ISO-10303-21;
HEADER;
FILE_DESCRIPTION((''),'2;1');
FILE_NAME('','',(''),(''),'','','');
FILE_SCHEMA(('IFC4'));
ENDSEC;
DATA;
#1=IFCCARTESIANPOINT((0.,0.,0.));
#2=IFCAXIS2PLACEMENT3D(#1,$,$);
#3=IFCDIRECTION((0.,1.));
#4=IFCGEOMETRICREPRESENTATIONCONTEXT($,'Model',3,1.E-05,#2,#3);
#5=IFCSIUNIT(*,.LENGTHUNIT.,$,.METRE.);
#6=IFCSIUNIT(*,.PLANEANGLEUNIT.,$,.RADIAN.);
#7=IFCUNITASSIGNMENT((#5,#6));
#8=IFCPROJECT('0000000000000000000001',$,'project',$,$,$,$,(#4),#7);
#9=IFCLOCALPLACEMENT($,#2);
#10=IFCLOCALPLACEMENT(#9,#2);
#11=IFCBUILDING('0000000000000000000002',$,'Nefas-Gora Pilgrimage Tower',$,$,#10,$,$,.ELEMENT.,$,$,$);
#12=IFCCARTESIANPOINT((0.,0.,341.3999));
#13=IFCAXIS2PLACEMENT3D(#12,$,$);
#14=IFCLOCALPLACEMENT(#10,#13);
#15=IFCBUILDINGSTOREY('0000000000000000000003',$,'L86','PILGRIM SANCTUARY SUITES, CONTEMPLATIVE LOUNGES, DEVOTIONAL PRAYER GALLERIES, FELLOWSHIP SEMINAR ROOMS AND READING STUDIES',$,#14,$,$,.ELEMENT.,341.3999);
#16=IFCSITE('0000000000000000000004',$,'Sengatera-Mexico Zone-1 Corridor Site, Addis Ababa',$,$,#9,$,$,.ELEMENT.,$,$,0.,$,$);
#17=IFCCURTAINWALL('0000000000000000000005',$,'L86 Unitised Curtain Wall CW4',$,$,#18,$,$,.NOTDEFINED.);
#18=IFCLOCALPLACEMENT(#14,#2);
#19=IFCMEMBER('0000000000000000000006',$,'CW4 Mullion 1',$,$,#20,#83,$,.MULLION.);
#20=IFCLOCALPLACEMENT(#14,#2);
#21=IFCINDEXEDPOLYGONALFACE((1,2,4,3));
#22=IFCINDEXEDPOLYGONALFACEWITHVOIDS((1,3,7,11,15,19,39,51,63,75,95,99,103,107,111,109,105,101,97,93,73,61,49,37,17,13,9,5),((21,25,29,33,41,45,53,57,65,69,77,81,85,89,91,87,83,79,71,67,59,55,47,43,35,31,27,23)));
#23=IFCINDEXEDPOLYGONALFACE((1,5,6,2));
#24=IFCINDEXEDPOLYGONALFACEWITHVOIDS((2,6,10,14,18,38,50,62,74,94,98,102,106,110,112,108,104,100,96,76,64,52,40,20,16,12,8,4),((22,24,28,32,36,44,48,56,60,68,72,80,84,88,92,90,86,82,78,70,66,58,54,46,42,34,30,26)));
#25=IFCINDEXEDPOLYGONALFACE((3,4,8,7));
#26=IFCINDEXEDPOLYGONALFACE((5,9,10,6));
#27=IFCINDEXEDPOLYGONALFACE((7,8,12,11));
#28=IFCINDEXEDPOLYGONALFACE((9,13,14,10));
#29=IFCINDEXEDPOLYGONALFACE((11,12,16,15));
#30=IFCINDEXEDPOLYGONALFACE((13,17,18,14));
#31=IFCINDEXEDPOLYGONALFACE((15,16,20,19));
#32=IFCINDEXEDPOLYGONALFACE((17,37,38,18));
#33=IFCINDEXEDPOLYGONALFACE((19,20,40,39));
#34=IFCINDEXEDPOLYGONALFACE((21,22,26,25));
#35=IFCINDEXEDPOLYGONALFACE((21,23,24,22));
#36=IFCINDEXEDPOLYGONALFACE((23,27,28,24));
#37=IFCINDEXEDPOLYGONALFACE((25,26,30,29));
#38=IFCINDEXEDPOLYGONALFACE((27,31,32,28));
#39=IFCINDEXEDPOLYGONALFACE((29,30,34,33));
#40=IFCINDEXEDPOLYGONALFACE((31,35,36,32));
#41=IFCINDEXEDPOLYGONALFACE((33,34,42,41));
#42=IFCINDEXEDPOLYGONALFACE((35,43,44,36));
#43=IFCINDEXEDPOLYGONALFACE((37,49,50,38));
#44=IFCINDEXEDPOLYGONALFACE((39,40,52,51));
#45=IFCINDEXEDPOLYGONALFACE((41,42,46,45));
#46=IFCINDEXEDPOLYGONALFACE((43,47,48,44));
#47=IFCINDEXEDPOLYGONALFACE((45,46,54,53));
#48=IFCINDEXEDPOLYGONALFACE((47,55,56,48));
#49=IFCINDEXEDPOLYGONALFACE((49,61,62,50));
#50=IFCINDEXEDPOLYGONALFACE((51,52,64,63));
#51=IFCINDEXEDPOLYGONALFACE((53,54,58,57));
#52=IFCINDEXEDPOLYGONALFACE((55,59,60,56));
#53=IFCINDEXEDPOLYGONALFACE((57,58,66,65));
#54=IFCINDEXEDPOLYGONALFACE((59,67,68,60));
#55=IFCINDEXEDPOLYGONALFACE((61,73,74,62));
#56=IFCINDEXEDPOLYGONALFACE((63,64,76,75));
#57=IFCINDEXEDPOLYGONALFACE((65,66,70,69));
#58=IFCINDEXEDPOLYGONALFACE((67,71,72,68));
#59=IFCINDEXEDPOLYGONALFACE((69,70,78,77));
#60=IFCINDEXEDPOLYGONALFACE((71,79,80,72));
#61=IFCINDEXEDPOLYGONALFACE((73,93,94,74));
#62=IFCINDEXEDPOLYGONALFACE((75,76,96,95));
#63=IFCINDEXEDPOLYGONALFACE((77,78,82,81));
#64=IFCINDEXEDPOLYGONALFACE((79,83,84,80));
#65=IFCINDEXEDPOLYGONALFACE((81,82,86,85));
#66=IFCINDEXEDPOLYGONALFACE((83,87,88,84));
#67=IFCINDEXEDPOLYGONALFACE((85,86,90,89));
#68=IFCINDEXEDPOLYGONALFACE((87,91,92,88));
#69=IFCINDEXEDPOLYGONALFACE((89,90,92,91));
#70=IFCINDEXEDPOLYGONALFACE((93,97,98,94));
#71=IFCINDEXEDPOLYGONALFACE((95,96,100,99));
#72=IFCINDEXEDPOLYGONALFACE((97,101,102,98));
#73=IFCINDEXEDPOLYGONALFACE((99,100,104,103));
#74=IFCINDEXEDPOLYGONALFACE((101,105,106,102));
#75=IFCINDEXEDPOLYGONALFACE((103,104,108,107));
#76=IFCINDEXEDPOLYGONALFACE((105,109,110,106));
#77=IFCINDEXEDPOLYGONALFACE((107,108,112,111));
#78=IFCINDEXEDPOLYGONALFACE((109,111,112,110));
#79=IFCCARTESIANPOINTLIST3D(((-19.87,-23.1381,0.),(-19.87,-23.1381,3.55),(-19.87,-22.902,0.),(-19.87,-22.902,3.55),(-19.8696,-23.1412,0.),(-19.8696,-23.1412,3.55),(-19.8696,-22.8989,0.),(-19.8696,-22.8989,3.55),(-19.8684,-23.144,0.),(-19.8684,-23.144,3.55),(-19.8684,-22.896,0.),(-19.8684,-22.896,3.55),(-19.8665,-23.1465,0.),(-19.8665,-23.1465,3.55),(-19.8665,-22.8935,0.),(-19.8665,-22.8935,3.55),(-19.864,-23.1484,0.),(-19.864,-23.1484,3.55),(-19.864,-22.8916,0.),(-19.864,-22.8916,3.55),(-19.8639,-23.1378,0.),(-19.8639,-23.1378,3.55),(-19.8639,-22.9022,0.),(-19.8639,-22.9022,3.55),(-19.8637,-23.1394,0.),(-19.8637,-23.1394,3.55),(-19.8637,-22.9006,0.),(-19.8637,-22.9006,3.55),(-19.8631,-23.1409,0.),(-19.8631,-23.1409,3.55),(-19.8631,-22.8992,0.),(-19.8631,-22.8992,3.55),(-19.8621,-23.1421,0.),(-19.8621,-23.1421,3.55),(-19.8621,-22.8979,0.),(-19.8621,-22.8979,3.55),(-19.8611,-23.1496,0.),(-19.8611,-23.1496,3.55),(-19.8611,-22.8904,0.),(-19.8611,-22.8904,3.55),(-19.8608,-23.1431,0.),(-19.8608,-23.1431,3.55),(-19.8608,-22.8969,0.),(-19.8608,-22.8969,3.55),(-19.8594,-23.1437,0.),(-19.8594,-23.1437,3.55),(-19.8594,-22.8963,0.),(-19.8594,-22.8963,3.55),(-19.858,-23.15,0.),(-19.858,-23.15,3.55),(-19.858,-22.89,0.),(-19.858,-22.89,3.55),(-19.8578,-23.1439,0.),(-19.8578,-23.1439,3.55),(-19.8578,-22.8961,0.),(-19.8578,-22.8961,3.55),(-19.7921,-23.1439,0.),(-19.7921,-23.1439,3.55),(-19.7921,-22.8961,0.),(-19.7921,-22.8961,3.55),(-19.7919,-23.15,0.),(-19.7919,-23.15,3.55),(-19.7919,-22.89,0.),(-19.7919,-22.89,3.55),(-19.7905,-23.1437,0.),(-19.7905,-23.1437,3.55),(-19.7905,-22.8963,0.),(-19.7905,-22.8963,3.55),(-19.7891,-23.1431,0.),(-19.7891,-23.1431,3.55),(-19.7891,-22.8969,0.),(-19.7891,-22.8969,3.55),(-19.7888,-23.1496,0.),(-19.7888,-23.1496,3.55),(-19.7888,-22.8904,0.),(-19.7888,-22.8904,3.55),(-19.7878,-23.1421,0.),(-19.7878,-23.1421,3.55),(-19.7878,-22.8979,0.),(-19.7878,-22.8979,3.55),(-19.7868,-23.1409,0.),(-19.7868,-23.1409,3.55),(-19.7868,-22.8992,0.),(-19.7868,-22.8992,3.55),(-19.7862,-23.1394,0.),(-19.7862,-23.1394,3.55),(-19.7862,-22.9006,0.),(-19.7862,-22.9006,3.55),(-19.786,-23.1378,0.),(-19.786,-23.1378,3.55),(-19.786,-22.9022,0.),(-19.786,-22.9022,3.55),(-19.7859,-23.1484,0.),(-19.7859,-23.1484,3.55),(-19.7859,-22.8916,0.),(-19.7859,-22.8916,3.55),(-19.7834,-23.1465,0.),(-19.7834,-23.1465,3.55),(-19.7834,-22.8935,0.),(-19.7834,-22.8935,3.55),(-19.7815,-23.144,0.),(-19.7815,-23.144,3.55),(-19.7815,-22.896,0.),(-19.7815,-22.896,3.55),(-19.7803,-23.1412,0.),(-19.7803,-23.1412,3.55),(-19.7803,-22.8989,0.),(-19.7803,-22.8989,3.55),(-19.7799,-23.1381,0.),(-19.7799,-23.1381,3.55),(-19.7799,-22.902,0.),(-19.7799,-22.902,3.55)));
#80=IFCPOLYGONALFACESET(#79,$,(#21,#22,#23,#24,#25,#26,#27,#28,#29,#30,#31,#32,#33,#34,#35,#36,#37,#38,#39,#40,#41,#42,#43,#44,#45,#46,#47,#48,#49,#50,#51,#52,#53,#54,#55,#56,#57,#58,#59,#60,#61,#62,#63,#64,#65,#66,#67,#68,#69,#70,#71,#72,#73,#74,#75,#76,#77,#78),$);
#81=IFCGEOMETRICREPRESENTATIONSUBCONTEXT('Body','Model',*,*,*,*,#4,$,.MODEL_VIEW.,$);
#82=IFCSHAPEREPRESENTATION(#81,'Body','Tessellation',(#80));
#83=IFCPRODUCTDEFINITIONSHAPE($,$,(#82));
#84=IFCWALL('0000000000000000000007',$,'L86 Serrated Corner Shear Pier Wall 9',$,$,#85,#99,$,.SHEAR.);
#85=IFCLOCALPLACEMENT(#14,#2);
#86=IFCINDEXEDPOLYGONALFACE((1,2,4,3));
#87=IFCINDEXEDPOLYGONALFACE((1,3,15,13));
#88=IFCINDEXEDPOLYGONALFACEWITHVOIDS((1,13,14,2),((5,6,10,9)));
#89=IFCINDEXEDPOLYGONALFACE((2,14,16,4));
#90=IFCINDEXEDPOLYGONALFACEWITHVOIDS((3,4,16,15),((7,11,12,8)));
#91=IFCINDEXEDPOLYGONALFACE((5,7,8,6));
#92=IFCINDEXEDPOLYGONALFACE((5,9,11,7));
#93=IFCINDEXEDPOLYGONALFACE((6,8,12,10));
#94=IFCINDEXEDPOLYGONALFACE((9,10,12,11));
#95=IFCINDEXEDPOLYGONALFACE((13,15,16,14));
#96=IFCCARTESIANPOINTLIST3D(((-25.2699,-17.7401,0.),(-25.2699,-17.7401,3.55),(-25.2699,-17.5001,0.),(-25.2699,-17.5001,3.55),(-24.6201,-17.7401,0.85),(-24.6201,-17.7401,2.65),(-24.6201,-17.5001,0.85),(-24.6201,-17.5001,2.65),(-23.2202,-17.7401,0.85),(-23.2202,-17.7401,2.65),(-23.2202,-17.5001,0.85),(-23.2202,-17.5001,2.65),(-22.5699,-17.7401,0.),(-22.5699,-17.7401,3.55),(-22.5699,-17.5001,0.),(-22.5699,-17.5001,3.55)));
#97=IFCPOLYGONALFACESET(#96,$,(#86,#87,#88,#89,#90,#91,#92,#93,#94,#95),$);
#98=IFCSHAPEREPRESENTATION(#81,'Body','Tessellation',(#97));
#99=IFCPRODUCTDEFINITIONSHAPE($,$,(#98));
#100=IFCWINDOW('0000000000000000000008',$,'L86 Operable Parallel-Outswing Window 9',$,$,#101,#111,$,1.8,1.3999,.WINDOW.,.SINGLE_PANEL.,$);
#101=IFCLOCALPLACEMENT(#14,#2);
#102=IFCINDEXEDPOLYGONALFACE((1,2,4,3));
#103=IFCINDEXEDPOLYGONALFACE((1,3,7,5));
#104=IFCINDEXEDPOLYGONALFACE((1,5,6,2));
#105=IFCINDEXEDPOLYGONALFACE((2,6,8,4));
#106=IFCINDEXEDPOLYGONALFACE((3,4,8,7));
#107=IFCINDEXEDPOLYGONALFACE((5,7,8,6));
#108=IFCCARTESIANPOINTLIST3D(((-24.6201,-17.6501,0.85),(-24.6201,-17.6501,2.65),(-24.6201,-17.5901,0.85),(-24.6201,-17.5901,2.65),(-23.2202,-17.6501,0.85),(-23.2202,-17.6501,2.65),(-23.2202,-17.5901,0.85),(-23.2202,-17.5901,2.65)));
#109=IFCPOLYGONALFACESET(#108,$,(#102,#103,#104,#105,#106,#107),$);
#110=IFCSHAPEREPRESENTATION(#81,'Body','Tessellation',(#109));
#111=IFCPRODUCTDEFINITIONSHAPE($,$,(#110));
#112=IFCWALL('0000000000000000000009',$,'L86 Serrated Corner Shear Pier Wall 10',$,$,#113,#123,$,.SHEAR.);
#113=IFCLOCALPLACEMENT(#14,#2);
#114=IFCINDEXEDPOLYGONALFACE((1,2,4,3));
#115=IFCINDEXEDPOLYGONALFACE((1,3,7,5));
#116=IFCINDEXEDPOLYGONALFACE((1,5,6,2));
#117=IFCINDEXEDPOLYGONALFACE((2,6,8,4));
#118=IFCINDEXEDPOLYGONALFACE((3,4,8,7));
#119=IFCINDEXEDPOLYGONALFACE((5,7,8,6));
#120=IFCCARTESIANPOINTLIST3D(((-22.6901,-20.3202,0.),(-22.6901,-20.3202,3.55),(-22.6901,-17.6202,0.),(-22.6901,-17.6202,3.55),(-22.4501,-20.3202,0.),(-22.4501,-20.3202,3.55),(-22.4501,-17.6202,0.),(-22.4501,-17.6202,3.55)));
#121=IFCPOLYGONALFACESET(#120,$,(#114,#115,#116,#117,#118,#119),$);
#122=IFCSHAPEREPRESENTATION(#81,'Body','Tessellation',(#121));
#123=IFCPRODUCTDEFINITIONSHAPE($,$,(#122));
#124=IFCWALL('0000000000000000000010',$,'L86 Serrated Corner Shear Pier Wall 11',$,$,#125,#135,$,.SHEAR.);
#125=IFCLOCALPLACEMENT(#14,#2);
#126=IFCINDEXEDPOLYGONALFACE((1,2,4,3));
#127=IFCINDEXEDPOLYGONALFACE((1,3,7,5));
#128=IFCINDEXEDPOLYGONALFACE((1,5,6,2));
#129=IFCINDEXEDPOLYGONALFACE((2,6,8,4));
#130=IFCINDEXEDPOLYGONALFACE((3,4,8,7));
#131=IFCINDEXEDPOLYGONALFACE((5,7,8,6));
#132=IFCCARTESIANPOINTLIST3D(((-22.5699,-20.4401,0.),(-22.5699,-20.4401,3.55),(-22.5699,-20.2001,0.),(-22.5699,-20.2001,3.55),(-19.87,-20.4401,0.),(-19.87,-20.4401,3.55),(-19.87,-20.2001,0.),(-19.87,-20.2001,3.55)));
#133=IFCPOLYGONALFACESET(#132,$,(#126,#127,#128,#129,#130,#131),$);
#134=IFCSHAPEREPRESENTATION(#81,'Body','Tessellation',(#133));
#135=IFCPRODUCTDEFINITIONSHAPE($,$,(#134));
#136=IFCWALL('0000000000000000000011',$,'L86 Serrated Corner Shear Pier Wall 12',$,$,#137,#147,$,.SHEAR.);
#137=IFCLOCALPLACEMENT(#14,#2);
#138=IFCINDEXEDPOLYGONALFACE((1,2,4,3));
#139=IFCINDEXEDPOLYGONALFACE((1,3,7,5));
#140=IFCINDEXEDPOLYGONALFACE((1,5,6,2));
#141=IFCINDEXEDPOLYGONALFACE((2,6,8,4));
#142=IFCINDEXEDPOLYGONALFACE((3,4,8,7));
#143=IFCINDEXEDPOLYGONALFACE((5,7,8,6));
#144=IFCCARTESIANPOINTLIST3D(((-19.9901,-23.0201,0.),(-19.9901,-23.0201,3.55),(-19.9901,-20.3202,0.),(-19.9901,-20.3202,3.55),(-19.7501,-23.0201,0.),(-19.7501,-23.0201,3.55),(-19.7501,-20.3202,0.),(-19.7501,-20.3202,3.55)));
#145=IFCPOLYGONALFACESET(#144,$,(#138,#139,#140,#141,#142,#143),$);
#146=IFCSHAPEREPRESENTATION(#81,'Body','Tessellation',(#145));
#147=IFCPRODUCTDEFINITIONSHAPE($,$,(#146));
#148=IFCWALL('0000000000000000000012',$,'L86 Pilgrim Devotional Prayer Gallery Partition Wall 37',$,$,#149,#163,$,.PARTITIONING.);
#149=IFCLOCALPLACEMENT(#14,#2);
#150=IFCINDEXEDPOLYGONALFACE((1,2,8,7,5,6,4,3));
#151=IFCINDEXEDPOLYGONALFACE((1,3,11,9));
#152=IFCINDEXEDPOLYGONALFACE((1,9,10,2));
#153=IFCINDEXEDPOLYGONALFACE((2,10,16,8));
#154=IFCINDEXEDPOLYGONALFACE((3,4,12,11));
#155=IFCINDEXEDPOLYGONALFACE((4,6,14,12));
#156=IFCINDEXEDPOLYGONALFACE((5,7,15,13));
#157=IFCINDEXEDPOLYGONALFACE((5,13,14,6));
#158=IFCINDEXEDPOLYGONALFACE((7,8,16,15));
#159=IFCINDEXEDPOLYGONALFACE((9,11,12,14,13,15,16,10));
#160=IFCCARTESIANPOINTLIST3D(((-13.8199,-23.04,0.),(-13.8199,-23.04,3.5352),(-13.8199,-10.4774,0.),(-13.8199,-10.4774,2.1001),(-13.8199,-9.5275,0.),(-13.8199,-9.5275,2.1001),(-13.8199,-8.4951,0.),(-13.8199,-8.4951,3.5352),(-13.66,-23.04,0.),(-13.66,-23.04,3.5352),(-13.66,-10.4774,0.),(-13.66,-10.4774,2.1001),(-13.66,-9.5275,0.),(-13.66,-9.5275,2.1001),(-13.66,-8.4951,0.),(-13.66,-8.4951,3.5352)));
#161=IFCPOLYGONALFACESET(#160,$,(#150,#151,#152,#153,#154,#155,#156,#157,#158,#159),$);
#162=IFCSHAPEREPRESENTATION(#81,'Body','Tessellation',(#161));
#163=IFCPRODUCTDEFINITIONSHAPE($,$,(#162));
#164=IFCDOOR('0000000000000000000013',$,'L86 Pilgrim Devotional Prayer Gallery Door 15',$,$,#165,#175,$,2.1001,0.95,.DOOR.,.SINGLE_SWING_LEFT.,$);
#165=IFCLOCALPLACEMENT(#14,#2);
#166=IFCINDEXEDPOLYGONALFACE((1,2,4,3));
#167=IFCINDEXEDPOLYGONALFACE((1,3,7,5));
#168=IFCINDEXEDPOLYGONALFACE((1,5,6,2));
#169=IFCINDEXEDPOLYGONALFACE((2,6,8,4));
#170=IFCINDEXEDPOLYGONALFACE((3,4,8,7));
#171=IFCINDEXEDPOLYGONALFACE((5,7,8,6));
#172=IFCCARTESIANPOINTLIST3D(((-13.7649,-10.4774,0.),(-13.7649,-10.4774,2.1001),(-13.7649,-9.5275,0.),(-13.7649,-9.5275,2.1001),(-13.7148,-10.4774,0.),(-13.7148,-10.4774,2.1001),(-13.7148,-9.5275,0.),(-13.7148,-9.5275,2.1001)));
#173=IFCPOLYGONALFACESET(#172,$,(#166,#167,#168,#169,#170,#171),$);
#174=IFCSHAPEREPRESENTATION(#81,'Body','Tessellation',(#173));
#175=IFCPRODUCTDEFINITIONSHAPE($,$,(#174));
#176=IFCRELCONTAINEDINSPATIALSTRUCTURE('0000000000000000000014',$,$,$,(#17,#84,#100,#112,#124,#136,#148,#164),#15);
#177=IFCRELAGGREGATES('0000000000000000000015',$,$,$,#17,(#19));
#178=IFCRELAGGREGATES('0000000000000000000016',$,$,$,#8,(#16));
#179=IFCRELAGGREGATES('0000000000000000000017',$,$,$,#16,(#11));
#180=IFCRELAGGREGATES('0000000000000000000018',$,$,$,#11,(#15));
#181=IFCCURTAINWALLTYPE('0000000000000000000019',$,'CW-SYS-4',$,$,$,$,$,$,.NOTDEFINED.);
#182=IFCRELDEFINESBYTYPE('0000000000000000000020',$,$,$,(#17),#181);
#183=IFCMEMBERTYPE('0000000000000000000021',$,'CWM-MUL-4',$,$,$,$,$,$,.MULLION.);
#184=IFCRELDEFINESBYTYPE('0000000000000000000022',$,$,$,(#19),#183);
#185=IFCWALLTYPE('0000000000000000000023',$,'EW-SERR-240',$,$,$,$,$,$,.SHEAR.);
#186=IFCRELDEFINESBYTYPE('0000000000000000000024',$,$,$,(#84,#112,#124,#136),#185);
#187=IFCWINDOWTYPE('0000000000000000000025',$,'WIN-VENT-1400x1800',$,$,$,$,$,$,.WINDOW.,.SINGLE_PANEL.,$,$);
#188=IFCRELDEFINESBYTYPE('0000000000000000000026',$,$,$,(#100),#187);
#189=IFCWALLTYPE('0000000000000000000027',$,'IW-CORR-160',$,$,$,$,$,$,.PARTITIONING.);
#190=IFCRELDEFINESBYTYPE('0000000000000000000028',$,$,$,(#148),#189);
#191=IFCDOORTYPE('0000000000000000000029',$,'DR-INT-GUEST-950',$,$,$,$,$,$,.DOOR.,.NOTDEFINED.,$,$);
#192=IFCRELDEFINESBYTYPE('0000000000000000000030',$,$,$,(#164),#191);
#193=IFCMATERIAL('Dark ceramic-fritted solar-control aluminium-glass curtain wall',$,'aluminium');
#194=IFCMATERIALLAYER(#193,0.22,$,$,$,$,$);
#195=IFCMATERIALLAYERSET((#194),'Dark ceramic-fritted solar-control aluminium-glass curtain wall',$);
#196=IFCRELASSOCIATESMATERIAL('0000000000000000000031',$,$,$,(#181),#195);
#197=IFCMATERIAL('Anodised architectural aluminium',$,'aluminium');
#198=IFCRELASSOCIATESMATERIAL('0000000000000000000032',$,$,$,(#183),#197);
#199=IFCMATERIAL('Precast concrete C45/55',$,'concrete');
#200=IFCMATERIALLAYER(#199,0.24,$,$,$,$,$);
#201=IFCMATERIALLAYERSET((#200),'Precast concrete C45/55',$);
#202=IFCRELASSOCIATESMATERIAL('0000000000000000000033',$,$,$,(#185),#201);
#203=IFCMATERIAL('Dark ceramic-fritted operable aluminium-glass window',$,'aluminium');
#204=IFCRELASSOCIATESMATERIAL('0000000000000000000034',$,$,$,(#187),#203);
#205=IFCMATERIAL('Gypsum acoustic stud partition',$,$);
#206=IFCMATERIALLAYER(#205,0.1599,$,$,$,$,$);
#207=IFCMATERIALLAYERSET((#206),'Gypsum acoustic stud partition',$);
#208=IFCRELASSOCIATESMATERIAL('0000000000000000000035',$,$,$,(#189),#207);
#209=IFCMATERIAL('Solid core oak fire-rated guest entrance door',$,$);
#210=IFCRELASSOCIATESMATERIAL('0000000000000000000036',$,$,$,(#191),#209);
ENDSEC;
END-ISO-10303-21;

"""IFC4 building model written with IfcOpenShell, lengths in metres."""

from ifc_helpers import new_model, si_unit, direction, frame, frame_2d, origin, origin_2d, place, context, subcontext, project, spatial, rectangle, hollow_rectangle, extrude, source, transform, mapped, material, layer, layer_set, material_profile, profile_set, type_object, element, fill, aggregate, save


model = new_model("IFC4")

# Units and contexts
model_context = context("Model", 3, precision=1e-05, world=origin(), true_north=direction((0.0, 1.0)))
body_context = subcontext(model_context, "Body", "Model", "MODEL_VIEW")
ifc_project = project(units=[si_unit("LENGTHUNIT", "METRE"), si_unit("PLANEANGLEUNIT", "RADIAN")], contexts=[model_context])

# Site, building, storey
site_placement = place(None, origin())
site = spatial("IfcSite", under=ifc_project, at=site_placement, Name="Sengatera-Mexico Zone-1 Corridor Site, Addis Ababa", CompositionType="ELEMENT", RefElevation=0.0)
building_placement = place(site_placement, origin())
building = spatial("IfcBuilding", under=site, at=building_placement, Name="Nefas-Gora Pilgrimage Tower", CompositionType="ELEMENT")
storey_placement = place(building_placement, frame((0.0, 0.0, 341.3999)))
storey = spatial("IfcBuildingStorey", under=building, at=storey_placement, Name="L86", Description="PILGRIM SANCTUARY SUITES, CONTEMPLATIVE LOUNGES, DEVOTIONAL PRAYER GALLERIES, FELLOWSHIP SEMINAR ROOMS AND READING STUDIES", CompositionType="ELEMENT", Elevation=341.3999)

# Curtain wall
ifc_material_1 = material(Name="Dark ceramic-fritted solar-control aluminium-glass curtain wall", Category="aluminium")
ifc_layer_1 = layer(ifc_material_1, 0.22)
ifc_layer_set_1 = layer_set([ifc_layer_1], Name="Dark ceramic-fritted solar-control aluminium-glass curtain wall")
curtain_wall_type = type_object("IfcCurtainWallType", Name="CW-SYS-4", PredefinedType="NOTDEFINED", material=ifc_layer_set_1)
curtain_wall_1_placement = place(storey_placement, origin())
curtain_wall_1 = element("IfcCurtainWall", 1, at=curtain_wall_1_placement, inside=storey, type_object=curtain_wall_type, Name="L86 Unitised Curtain Wall CW4", PredefinedType="NOTDEFINED")
ifc_material_2 = material(Name="Anodised architectural aluminium", Category="aluminium")
ifc_material_profile_1 = material_profile(ifc_material_2, hollow_rectangle(XDim=0.0901, YDim=0.26, WallThickness=0.0061, InnerFilletRadius=0.0061, OuterFilletRadius=0.012, at=origin_2d()), Name="ALU MULLION 90x260")
ifc_profile_set_1 = profile_set([ifc_material_profile_1], Name="Anodised architectural aluminium")
member_type_1 = type_object("IfcMemberType", Name="CWM-MUL-4", PredefinedType="MULLION", material=ifc_profile_set_1)
shared_shape_1 = source(origin(), body_context, "Body", "SweptSolid", [
    extrude(hollow_rectangle(XDim=0.0901, YDim=0.26, WallThickness=0.0061, InnerFilletRadius=0.0061, OuterFilletRadius=0.012, at=origin_2d()), origin(), (0.0, 0.0, 1.0), 3.55),
])

# Member
member_1_placement = place(storey_placement, frame((-19.825, -23.02, 0.0), z_axis=(0.0, 0.0, 1.0), x_axis=(1.0, 0.0, 0.0)))
member_1 = element("IfcMember", 2, at=member_1_placement, type_object=member_type_1, Name="CW4 Mullion 1", PredefinedType="MULLION", context=body_context, shape_type="MappedRepresentation", body=[
    mapped(shared_shape_1, transform((0.0, 0.0, 0.0), x_axis=(1.0, 0.0, 0.0), y_axis=(0.0, 1.0, 0.0), z_axis=(0.0, 0.0, 1.0), scale=1.0)),
])
aggregate(curtain_wall_1, [member_1])

# Wall, opening, window
ifc_material_3 = material(Name="Precast concrete C45/55", Category="concrete")
ifc_layer_2 = layer(ifc_material_3, 0.24)
ifc_layer_set_2 = layer_set([ifc_layer_2], Name="Precast concrete C45/55")
wall_type_1 = type_object("IfcWallType", Name="EW-SERR-240", PredefinedType="SHEAR", material=ifc_layer_set_2)
shared_shape_2 = source(origin(), body_context, "Body", "SweptSolid", [
    extrude(rectangle(XDim=2.7, YDim=0.24, at=frame_2d((1.3501, 0.0))), origin(), (0.0, 0.0, 1.0), 3.55),
])
wall_1_placement = place(storey_placement, frame((-25.27, -17.6201, 0.0), z_axis=(0.0, 0.0, 1.0), x_axis=(1.0, 0.0, 0.0)))
wall_1 = element("IfcWall", 3, at=wall_1_placement, inside=storey, type_object=wall_type_1, Name="L86 Serrated Corner Shear Pier Wall 9", PredefinedType="SHEAR", context=body_context, shape_type="MappedRepresentation", body=[
    mapped(shared_shape_2, transform((0.0, 0.0, 0.0), x_axis=(1.0, 0.0, 0.0), y_axis=(0.0, 1.0, 0.0), z_axis=(0.0, 0.0, 1.0), scale=1.0)),
])
opening_1_placement = place(wall_1_placement, frame((0.6499, 0.0, 0.8501)))
opening_1 = element("IfcOpeningElement", 4, at=opening_1_placement, cuts=wall_1, PredefinedType="OPENING", context=body_context, shape_type="SweptSolid", body=[
    extrude(rectangle(XDim=1.3999, YDim=1.8, at=frame_2d((0.7, 0.8999))), frame((0.0, 0.1299, 0.0), z_axis=(0.0, -1.0, 0.0), x_axis=(1.0, 0.0, 0.0)), (0.0, 0.0, 1.0), 0.26),
])
ifc_material_4 = material(Name="Dark ceramic-fritted operable aluminium-glass window", Category="aluminium")
window_type = type_object("IfcWindowType", Name="WIN-VENT-1400x1800", PartitioningType="SINGLE_PANEL", PredefinedType="WINDOW", material=ifc_material_4)
shared_shape_3 = source(origin(), body_context, "Body", "SweptSolid", [
    extrude(rectangle(XDim=1.3999, YDim=1.8, at=frame_2d((0.7, 0.8999))), frame((0.0, 0.03, 0.0), z_axis=(0.0, -1.0, 0.0), x_axis=(1.0, 0.0, 0.0)), (0.0, 0.0, 1.0), 0.0601),
])
window_placement = place(opening_1_placement, origin())
window = element("IfcWindow", 5, at=window_placement, inside=storey, type_object=window_type, Name="L86 Operable Parallel-Outswing Window 9", OverallHeight=1.8, OverallWidth=1.3999, PartitioningType="SINGLE_PANEL", PredefinedType="WINDOW", context=body_context, shape_type="MappedRepresentation", body=[
    mapped(shared_shape_3, transform((0.0, 0.0, 0.0), x_axis=(1.0, 0.0, 0.0), y_axis=(0.0, 1.0, 0.0), z_axis=(0.0, 0.0, 1.0), scale=1.0)),
])
fill(opening_1, window)

# Walls
for number, where, z_axis, x_axis, name in (
    (6, (-22.5701, -17.6201, 0.0), (0.0, 0.0, 1.0), (0.0, -1.0, 0.0), "L86 Serrated Corner Shear Pier Wall 10"),
    (7, (-22.5701, -20.3201, 0.0), (0.0, 0.0, 1.0), (1.0, 0.0, 0.0), "L86 Serrated Corner Shear Pier Wall 11"),
    (8, (-19.8701, -20.3201, 0.0), (0.0, 0.0, 1.0), (0.0, -1.0, 0.0), "L86 Serrated Corner Shear Pier Wall 12"),
):
    element("IfcWall", number, at=place(storey_placement, frame(where, z_axis=z_axis, x_axis=x_axis)), inside=storey, type_object=wall_type_1, Name=name, PredefinedType="SHEAR", context=body_context, shape_type="MappedRepresentation", body=[
        mapped(shared_shape_2, transform((0.0, 0.0, 0.0), x_axis=(1.0, 0.0, 0.0), y_axis=(0.0, 1.0, 0.0), z_axis=(0.0, 0.0, 1.0), scale=1.0)),
    ])

# Wall, opening, door
ifc_material_5 = material(Name="Gypsum acoustic stud partition")
ifc_layer_3 = layer(ifc_material_5, 0.1599)
ifc_layer_set_3 = layer_set([ifc_layer_3], Name="Gypsum acoustic stud partition")
wall_type_2 = type_object("IfcWallType", Name="IW-CORR-160", PredefinedType="PARTITIONING", material=ifc_layer_set_3)
shared_shape_4 = source(origin(), body_context, "Body", "SweptSolid", [
    extrude(rectangle(XDim=14.5449, YDim=0.1599, at=frame_2d((7.2725, 0.0))), origin(), (0.0, 0.0, 1.0), 3.5352),
])
wall_2_placement = place(storey_placement, frame((-13.74, -23.04, 0.0), z_axis=(0.0, 0.0, 1.0), x_axis=(0.0, 1.0, 0.0)))
wall_2 = element("IfcWall", 9, at=wall_2_placement, inside=storey, type_object=wall_type_2, Name="L86 Pilgrim Devotional Prayer Gallery Partition Wall 37", PredefinedType="PARTITIONING", context=body_context, shape_type="MappedRepresentation", body=[
    mapped(shared_shape_4, transform((0.0, 0.0, 0.0), x_axis=(1.0, 0.0, 0.0), y_axis=(0.0, 1.0, 0.0), z_axis=(0.0, 0.0, 1.0), scale=1.0)),
])
opening_2_placement = place(wall_2_placement, frame((12.5625, 0.0, 0.0)))
opening_2 = element("IfcOpeningElement", 10, at=opening_2_placement, cuts=wall_2, PredefinedType="OPENING", context=body_context, shape_type="SweptSolid", body=[
    extrude(rectangle(XDim=0.95, YDim=2.1001, at=frame_2d((0.4751, 1.05))), frame((0.0, 0.0898, 0.0), z_axis=(0.0, -1.0, 0.0), x_axis=(1.0, 0.0, 0.0)), (0.0, 0.0, 1.0), 0.1799),
])
ifc_material_6 = material(Name="Solid core oak fire-rated guest entrance door")
door_type = type_object("IfcDoorType", Name="DR-INT-GUEST-950", OperationType="NOTDEFINED", PredefinedType="DOOR", material=ifc_material_6)
shared_shape_5 = source(origin(), body_context, "Body", "SweptSolid", [
    extrude(rectangle(XDim=0.95, YDim=2.1001, at=frame_2d((0.4751, 1.05))), frame((0.0, 0.0249, 0.0), z_axis=(0.0, -1.0, 0.0), x_axis=(1.0, 0.0, 0.0)), (0.0, 0.0, 1.0), 0.05),
])
door_1_placement = place(opening_2_placement, origin())
door_1 = element("IfcDoor", 11, at=door_1_placement, inside=storey, type_object=door_type, Name="L86 Pilgrim Devotional Prayer Gallery Door 15", OperationType="SINGLE_SWING_LEFT", OverallHeight=2.1001, OverallWidth=0.95, PredefinedType="DOOR", context=body_context, shape_type="MappedRepresentation", body=[
    mapped(shared_shape_5, transform((0.0, 0.0, 0.0), x_axis=(1.0, 0.0, 0.0), y_axis=(0.0, 1.0, 0.0), z_axis=(0.0, 0.0, 1.0), scale=1.0)),
])
fill(opening_2, door_1)

save(model, "model.ifc")
